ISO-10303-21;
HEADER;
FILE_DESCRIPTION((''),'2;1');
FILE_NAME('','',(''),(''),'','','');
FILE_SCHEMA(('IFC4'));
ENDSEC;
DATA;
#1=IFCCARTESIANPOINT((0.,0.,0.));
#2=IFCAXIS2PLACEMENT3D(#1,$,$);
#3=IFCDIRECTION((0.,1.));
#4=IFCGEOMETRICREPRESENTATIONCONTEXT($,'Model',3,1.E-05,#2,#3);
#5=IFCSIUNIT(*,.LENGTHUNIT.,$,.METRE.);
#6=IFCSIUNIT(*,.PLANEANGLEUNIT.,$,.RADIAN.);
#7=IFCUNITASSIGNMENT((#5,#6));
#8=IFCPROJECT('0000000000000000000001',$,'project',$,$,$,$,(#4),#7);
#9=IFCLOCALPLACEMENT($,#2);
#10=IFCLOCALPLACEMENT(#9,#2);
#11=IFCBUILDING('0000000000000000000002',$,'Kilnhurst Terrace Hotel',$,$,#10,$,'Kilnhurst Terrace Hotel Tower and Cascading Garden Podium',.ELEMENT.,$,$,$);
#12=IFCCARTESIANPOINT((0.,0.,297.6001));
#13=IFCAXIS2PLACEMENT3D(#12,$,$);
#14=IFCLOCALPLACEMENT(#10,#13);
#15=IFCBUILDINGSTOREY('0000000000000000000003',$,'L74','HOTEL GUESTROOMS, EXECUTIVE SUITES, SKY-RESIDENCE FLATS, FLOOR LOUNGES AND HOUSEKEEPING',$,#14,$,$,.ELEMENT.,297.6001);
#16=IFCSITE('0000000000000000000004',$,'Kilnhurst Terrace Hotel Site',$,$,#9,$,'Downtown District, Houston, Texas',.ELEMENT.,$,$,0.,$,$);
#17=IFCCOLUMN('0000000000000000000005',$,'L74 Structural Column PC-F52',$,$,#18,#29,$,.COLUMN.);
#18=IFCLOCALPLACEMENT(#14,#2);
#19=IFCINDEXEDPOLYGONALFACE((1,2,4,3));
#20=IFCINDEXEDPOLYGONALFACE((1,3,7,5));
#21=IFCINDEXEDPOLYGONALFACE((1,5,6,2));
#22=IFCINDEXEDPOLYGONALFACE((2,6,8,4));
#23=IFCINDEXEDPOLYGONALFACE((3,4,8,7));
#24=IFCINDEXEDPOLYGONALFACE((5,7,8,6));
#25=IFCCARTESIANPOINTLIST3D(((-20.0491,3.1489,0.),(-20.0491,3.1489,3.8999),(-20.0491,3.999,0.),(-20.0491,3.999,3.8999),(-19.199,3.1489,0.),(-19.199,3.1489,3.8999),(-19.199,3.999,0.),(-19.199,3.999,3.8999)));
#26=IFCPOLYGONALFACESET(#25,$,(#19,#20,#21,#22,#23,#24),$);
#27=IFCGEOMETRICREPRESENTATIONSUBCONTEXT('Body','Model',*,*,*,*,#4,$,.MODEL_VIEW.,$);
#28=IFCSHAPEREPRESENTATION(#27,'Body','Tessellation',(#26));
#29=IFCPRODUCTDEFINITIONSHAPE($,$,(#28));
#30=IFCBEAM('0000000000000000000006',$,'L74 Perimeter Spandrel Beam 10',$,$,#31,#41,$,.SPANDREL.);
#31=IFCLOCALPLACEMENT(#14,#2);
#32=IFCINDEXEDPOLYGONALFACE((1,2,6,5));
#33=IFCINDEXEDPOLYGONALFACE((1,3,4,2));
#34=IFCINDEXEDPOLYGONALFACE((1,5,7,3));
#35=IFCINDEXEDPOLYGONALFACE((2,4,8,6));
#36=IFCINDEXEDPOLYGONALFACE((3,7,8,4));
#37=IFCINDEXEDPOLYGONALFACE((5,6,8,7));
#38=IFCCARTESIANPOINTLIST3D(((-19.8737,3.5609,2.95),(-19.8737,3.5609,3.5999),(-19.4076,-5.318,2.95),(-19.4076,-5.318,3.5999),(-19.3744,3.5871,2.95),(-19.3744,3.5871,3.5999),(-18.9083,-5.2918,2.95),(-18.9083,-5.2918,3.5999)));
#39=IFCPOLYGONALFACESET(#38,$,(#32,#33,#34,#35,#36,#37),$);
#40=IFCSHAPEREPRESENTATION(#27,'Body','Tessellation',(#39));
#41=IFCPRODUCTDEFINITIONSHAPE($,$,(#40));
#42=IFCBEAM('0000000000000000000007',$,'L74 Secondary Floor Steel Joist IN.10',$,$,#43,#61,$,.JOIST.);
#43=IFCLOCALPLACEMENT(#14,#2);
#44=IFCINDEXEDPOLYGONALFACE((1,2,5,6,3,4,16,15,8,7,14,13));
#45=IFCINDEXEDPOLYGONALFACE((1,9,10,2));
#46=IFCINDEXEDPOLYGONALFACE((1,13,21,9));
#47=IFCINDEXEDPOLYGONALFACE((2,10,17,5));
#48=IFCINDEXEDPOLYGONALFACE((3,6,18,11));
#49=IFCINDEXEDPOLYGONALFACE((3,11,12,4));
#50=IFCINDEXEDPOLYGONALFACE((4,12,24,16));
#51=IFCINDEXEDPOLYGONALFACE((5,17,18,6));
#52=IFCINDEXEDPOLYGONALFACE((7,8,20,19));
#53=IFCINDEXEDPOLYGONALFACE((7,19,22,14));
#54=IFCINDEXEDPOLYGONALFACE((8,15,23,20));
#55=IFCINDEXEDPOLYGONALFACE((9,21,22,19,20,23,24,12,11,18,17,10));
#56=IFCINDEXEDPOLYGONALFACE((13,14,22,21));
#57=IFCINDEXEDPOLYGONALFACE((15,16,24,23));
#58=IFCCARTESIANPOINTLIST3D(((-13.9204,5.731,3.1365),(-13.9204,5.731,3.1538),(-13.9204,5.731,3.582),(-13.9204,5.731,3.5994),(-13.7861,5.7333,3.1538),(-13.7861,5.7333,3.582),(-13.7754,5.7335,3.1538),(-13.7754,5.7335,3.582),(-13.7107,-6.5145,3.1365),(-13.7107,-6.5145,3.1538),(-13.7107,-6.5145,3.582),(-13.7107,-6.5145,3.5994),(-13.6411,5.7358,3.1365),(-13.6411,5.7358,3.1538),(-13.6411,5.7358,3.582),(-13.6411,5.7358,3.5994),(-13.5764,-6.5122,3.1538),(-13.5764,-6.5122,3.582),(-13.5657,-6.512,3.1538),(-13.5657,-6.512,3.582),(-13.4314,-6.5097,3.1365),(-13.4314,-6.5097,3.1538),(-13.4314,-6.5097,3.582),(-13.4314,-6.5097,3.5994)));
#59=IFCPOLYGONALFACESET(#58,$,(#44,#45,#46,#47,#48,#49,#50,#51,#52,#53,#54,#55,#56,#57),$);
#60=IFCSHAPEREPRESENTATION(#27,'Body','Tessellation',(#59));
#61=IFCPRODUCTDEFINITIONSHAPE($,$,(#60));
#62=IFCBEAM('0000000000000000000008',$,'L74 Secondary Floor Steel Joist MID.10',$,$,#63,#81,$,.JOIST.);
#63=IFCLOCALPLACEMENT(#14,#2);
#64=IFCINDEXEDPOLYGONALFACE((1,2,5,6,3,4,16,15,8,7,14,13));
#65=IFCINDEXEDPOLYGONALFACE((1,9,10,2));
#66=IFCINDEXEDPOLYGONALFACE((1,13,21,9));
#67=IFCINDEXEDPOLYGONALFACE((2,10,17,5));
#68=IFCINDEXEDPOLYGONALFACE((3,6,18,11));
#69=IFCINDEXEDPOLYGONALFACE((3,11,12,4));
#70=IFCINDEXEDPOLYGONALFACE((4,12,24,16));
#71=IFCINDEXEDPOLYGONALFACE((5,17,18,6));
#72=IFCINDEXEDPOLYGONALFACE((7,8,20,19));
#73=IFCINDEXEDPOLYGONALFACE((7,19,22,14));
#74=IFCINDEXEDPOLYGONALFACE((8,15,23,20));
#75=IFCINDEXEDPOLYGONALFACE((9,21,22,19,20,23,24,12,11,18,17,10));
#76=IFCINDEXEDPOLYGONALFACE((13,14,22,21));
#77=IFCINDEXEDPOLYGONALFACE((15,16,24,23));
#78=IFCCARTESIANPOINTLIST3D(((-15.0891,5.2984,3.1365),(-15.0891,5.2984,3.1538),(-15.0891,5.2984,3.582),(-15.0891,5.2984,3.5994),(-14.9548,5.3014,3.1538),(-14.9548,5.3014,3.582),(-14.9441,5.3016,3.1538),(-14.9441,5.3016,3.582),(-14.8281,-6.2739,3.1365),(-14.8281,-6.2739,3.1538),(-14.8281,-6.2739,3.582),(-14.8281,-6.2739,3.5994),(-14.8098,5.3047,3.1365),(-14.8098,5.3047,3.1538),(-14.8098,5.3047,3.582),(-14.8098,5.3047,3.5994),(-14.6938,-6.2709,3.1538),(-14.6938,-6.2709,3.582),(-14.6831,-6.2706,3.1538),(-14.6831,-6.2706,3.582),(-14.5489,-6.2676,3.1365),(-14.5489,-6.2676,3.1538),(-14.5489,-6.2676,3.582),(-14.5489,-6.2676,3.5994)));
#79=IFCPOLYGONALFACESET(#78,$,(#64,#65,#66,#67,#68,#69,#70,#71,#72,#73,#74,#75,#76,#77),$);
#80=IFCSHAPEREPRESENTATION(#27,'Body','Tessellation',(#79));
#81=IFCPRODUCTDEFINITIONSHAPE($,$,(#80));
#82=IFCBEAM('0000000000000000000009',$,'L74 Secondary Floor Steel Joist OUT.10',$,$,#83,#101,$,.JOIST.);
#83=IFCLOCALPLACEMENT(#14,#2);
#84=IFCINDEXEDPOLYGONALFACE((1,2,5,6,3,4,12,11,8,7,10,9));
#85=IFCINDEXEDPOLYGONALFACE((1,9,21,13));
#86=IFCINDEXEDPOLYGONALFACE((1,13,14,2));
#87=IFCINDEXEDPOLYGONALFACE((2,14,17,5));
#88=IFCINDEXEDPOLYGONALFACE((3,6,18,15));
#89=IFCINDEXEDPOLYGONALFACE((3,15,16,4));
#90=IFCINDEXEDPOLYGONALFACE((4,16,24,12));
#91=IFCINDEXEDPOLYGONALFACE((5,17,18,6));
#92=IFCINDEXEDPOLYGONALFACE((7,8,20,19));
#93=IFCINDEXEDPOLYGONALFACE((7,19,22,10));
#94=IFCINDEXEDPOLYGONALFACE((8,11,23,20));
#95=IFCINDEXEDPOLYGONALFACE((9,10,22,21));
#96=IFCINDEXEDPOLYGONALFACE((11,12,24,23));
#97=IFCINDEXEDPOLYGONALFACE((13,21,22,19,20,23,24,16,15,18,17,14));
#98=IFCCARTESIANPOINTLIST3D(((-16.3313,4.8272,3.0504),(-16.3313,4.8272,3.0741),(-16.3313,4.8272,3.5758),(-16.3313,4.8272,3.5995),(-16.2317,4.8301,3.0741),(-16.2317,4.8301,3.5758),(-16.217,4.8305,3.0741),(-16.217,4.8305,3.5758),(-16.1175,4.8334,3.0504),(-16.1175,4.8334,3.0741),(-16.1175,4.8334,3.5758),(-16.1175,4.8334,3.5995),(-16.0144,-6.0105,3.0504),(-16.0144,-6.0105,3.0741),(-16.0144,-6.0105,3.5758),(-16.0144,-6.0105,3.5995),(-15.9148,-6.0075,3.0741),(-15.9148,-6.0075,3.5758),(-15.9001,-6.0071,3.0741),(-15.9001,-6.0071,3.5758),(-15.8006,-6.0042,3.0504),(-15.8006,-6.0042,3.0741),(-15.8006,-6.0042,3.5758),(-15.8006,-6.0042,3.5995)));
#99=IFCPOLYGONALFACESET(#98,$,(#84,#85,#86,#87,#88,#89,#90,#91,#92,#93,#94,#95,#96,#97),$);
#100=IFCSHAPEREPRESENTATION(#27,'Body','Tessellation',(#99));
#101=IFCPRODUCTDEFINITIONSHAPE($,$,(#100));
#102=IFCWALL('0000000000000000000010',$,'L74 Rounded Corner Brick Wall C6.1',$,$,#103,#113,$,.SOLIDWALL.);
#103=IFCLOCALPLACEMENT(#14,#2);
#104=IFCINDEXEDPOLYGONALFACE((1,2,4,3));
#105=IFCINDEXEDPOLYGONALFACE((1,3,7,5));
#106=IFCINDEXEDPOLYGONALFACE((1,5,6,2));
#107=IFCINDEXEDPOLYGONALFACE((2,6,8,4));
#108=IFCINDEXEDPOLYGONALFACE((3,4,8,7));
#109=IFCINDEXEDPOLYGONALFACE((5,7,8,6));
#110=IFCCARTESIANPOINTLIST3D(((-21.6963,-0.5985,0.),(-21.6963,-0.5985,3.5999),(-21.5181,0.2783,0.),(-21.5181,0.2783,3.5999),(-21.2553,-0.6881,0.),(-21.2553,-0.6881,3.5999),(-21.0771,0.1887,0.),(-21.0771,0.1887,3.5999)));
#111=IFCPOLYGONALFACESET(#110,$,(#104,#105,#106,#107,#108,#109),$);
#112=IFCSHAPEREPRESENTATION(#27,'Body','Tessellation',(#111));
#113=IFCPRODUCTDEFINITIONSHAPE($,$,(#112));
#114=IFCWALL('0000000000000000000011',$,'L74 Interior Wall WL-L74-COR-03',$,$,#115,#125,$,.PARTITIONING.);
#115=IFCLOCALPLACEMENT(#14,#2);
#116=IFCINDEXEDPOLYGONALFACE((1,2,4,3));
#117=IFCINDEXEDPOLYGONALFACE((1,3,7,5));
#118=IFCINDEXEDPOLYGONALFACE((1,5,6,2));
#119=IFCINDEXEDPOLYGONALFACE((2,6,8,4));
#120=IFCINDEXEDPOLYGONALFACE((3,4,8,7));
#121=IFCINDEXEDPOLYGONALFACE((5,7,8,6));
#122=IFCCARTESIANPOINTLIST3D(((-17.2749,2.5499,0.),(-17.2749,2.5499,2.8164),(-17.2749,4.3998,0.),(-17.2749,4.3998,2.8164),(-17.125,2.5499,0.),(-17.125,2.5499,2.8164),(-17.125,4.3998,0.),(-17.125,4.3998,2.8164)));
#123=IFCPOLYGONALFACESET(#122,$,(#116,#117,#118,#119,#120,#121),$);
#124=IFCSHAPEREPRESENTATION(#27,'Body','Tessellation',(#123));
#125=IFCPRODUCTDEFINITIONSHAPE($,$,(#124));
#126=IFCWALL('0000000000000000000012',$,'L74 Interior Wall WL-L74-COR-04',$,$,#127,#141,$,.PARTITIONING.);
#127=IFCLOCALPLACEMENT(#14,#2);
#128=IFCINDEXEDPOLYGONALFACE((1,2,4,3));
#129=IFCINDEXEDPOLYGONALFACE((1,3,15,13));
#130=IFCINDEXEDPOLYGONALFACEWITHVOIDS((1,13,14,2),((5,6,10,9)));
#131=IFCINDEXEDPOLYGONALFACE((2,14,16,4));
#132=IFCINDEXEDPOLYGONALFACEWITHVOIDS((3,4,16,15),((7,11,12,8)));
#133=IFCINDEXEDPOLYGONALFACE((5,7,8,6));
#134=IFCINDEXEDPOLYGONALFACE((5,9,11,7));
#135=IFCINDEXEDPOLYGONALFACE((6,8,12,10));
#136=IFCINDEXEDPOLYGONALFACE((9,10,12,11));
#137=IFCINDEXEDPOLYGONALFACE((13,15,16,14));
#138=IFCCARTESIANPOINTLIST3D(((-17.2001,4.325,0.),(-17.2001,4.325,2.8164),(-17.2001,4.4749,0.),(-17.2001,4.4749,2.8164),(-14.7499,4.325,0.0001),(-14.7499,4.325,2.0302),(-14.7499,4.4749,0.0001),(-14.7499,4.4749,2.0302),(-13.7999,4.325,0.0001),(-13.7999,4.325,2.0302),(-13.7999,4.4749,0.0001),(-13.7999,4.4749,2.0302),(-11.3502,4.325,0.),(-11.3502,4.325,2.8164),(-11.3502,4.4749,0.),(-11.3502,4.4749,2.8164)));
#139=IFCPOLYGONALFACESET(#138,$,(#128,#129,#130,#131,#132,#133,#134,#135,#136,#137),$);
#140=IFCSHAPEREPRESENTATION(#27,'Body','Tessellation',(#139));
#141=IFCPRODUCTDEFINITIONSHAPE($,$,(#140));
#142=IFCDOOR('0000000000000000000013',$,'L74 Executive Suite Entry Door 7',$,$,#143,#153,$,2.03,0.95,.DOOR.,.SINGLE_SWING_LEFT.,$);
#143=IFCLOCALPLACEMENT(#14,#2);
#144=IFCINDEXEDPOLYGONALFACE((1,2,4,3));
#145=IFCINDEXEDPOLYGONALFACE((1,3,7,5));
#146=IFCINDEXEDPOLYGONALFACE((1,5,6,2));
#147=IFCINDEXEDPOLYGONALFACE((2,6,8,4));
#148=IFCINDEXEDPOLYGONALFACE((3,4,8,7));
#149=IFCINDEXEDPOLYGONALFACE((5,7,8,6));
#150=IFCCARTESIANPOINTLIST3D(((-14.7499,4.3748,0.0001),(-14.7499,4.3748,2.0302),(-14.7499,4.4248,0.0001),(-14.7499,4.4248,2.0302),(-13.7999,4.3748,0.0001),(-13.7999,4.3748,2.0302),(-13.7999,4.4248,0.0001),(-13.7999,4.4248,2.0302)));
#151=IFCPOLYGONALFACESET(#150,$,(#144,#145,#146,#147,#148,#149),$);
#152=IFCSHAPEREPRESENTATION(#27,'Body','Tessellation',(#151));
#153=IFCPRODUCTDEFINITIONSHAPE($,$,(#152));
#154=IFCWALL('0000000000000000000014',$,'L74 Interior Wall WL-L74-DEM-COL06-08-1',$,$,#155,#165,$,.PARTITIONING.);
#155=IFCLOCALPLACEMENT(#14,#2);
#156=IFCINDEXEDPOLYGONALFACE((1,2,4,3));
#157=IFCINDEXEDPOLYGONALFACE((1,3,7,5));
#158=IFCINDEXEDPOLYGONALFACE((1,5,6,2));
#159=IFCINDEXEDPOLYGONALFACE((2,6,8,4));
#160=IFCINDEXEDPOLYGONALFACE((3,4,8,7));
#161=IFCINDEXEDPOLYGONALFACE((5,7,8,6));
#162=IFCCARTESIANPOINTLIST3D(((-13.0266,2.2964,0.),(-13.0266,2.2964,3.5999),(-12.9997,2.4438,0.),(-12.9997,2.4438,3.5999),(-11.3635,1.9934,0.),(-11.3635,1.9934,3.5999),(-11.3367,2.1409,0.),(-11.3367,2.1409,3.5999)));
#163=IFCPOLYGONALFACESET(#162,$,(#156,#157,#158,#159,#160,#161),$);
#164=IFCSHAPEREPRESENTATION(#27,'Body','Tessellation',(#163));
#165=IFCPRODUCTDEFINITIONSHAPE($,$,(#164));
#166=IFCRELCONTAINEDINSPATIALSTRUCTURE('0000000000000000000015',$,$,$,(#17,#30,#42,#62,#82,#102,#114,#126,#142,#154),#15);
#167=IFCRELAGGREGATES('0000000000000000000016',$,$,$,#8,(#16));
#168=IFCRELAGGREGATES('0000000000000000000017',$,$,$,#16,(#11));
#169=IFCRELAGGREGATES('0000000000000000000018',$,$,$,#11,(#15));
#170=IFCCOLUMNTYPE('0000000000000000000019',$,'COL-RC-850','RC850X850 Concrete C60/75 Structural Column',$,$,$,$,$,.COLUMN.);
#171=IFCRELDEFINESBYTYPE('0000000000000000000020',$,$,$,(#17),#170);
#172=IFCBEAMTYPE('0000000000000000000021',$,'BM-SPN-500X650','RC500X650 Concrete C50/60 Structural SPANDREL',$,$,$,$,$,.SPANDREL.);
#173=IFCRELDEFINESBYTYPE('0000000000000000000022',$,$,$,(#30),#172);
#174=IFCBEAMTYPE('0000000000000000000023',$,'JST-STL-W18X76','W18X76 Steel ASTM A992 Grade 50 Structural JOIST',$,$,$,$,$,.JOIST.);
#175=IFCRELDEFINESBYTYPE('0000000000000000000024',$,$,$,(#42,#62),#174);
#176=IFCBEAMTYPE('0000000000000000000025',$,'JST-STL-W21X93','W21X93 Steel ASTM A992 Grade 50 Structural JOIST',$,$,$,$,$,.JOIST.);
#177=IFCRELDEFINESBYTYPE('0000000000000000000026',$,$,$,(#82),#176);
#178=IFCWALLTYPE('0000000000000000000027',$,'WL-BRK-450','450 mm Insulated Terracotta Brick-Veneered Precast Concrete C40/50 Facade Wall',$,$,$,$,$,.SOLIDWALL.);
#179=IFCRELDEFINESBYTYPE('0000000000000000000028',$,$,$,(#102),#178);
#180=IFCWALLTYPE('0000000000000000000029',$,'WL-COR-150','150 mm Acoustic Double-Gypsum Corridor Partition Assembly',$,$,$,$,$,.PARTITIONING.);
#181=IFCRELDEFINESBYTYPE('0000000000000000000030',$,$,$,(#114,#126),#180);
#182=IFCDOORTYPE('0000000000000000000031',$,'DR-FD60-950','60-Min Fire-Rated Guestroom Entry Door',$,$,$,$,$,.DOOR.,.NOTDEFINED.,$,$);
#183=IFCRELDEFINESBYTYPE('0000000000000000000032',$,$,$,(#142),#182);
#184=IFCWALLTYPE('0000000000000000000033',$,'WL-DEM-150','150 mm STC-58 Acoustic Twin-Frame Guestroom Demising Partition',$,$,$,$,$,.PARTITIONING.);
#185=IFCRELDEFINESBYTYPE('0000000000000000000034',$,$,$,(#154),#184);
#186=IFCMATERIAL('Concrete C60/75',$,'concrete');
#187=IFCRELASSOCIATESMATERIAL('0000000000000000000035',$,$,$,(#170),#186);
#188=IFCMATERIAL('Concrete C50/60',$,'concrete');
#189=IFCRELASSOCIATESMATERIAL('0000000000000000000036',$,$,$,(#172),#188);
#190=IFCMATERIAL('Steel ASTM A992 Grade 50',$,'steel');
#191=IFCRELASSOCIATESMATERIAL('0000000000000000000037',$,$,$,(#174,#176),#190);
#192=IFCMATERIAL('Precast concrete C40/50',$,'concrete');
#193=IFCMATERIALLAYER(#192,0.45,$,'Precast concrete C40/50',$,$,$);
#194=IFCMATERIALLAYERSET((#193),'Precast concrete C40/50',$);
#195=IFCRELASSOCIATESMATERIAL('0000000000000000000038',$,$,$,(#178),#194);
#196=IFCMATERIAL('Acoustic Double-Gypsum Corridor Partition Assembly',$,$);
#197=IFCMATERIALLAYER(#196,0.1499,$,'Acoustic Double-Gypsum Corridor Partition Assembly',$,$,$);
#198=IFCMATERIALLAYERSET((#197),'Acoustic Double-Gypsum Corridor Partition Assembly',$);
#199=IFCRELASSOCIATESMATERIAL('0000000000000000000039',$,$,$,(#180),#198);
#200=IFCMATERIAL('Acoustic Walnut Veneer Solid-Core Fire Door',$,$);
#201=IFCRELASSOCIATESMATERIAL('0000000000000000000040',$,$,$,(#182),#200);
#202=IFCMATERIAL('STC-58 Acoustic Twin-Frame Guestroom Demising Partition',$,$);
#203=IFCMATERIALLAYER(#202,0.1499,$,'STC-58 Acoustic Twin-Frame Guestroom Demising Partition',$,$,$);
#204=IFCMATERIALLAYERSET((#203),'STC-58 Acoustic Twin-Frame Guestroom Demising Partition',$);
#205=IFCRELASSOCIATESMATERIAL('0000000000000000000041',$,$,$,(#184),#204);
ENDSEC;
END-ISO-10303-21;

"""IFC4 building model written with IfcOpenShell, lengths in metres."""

from ifc_helpers import new_model, si_unit, direction, frame, frame_2d, origin, origin_2d, place, context, subcontext, project, spatial, rectangle, i_section, extrude, material, layer, layer_set, material_profile, profile_set, type_object, element, fill, save


model = new_model("IFC4")

# Units and contexts
model_context = context("Model", 3, precision=1e-05, world=origin(), true_north=direction((0.0, 1.0)))
body_context = subcontext(model_context, "Body", "Model", "MODEL_VIEW")
ifc_project = project(units=[si_unit("LENGTHUNIT", "METRE"), si_unit("PLANEANGLEUNIT", "RADIAN")], contexts=[model_context])

# Site, building, storey
site_placement = place(None, origin())
site = spatial("IfcSite", under=ifc_project, at=site_placement, Name="Kilnhurst Terrace Hotel Site", LongName="Downtown District, Houston, Texas", CompositionType="ELEMENT", RefElevation=0.0)
building_placement = place(site_placement, origin())
building = spatial("IfcBuilding", under=site, at=building_placement, Name="Kilnhurst Terrace Hotel", LongName="Kilnhurst Terrace Hotel Tower and Cascading Garden Podium", CompositionType="ELEMENT")
storey_placement = place(building_placement, frame((0.0, 0.0, 297.6001)))
storey = spatial("IfcBuildingStorey", under=building, at=storey_placement, Name="L74", Description="HOTEL GUESTROOMS, EXECUTIVE SUITES, SKY-RESIDENCE FLATS, FLOOR LOUNGES AND HOUSEKEEPING", CompositionType="ELEMENT", Elevation=297.6001)

# Column
ifc_material_1 = material(Name="Concrete C60/75", Category="concrete")
ifc_material_profile_1 = material_profile(ifc_material_1, rectangle(XDim=0.8501, YDim=0.8501, at=origin_2d()), Name="RC850X850")
ifc_profile_set_1 = profile_set([ifc_material_profile_1], Name="Concrete C60/75")
column_type = type_object("IfcColumnType", Name="COL-RC-850", Description="RC850X850 Concrete C60/75 Structural Column", PredefinedType="COLUMN", material=ifc_profile_set_1)
column_placement = place(storey_placement, frame((-19.624, 3.574, 0.0), z_axis=(0.0, 0.0, 1.0), x_axis=(1.0, 0.0, 0.0)))
element("IfcColumn", 1, at=column_placement, inside=storey, type_object=column_type, Name="L74 Structural Column PC-F52", PredefinedType="COLUMN", context=body_context, shape_type="SweptSolid", body=[
    extrude(rectangle(XDim=0.8501, YDim=0.8501, at=origin_2d()), origin(), (0.0, 0.0, 1.0), 3.8999),
])

# Beams
ifc_material_2 = material(Name="Concrete C50/60", Category="concrete")
ifc_material_profile_2 = material_profile(ifc_material_2, rectangle(XDim=0.5, YDim=0.6499, at=origin_2d()), Name="RC500X650")
ifc_profile_set_2 = profile_set([ifc_material_profile_2], Name="Concrete C50/60")
beam_type_1 = type_object("IfcBeamType", Name="BM-SPN-500X650", Description="RC500X650 Concrete C50/60 Structural SPANDREL", PredefinedType="SPANDREL", material=ifc_profile_set_2)
beam_1_placement = place(storey_placement, frame((-19.624, 3.574, 3.2749), z_axis=(0.052419, -0.998625, 0.0), x_axis=(0.998625, 0.052419, 0.0)))
element("IfcBeam", 2, at=beam_1_placement, inside=storey, type_object=beam_type_1, Name="L74 Perimeter Spandrel Beam 10", PredefinedType="SPANDREL", context=body_context, shape_type="SweptSolid", body=[
    extrude(rectangle(XDim=0.5, YDim=0.6499, at=origin_2d()), origin(), (0.0, 0.0, 1.0), 8.8911),
])
ifc_material_3 = material(Name="Steel ASTM A992 Grade 50", Category="steel")
ifc_material_profile_3 = material_profile(ifc_material_3, i_section(OverallWidth=0.2793, OverallDepth=0.4629, WebThickness=0.0107, FlangeThickness=0.0173, at=origin_2d()), Name="W18X76")
ifc_profile_set_3 = profile_set([ifc_material_profile_3], Name="Steel ASTM A992 Grade 50")
beam_type_2 = type_object("IfcBeamType", Name="JST-STL-W18X76", Description="W18X76 Steel ASTM A992 Grade 50 Structural JOIST", PredefinedType="JOIST", material=ifc_profile_set_3)
beam_2_placement = place(storey_placement, frame((-13.7808, 5.7334, 3.3679), z_axis=(0.017123, -0.999853, 0.0), x_axis=(0.999853, 0.017123, 0.0)))
element("IfcBeam", 3, at=beam_2_placement, inside=storey, type_object=beam_type_2, Name="L74 Secondary Floor Steel Joist IN.10", PredefinedType="JOIST", context=body_context, shape_type="SweptSolid", body=[
    extrude(i_section(OverallWidth=0.2793, OverallDepth=0.4629, WebThickness=0.0107, FlangeThickness=0.0173, at=origin_2d()), origin(), (0.0, 0.0, 1.0), 12.2473),
])
beam_3_placement = place(storey_placement, frame((-14.9495, 5.3015, 3.3679), z_axis=(0.022547, -0.999746, 0.0), x_axis=(0.999746, 0.022547, 0.0)))
element("IfcBeam", 4, at=beam_3_placement, inside=storey, type_object=beam_type_2, Name="L74 Secondary Floor Steel Joist MID.10", PredefinedType="JOIST", context=body_context, shape_type="SweptSolid", body=[
    extrude(i_section(OverallWidth=0.2793, OverallDepth=0.4629, WebThickness=0.0107, FlangeThickness=0.0173, at=origin_2d()), origin(), (0.0, 0.0, 1.0), 11.5752),
])
ifc_material_profile_4 = material_profile(ifc_material_3, i_section(OverallWidth=0.2139, OverallDepth=0.5491, WebThickness=0.0146, FlangeThickness=0.0237, at=origin_2d()), Name="W21X93")
ifc_profile_set_4 = profile_set([ifc_material_profile_4], Name="Steel ASTM A992 Grade 50")
beam_type_3 = type_object("IfcBeamType", Name="JST-STL-W21X93", Description="W21X93 Steel ASTM A992 Grade 50 Structural JOIST", PredefinedType="JOIST", material=ifc_profile_set_4)
beam_4_placement = place(storey_placement, frame((-16.2244, 4.8303, 3.325), z_axis=(0.029228, -0.999573, 0.0), x_axis=(0.999573, 0.029228, 0.0)))
element("IfcBeam", 5, at=beam_4_placement, inside=storey, type_object=beam_type_3, Name="L74 Secondary Floor Steel Joist OUT.10", PredefinedType="JOIST", context=body_context, shape_type="SweptSolid", body=[
    extrude(i_section(OverallWidth=0.2139, OverallDepth=0.5491, WebThickness=0.0146, FlangeThickness=0.0237, at=origin_2d()), origin(), (0.0, 0.0, 1.0), 10.8423),
])

# Walls
ifc_material_4 = material(Name="Precast concrete C40/50", Category="concrete")
ifc_layer_1 = layer(ifc_material_4, 0.45, Name="Precast concrete C40/50")
ifc_layer_set_1 = layer_set([ifc_layer_1], Name="Precast concrete C40/50")
wall_type_1 = type_object("IfcWallType", Name="WL-BRK-450", Description="450 mm Insulated Terracotta Brick-Veneered Precast Concrete C40/50 Facade Wall", PredefinedType="SOLIDWALL", material=ifc_layer_set_1)
wall_1_placement = place(storey_placement, frame((-21.2976, 0.2334, 0.0), z_axis=(0.0, 0.0, 1.0), x_axis=(-0.199158, -0.979967, 0.0)))
element("IfcWall", 6, at=wall_1_placement, inside=storey, type_object=wall_type_1, Name="L74 Rounded Corner Brick Wall C6.1", PredefinedType="SOLIDWALL", context=body_context, shape_type="SweptSolid", body=[
    extrude(rectangle(XDim=0.8948, YDim=0.45, at=frame_2d((0.4473, 0.0))), origin(), (0.0, 0.0, 1.0), 3.5999),
])
ifc_material_5 = material(Name="Acoustic Double-Gypsum Corridor Partition Assembly")
ifc_layer_2 = layer(ifc_material_5, 0.1499, Name="Acoustic Double-Gypsum Corridor Partition Assembly")
ifc_layer_set_2 = layer_set([ifc_layer_2], Name="Acoustic Double-Gypsum Corridor Partition Assembly")
wall_type_2 = type_object("IfcWallType", Name="WL-COR-150", Description="150 mm Acoustic Double-Gypsum Corridor Partition Assembly", PredefinedType="PARTITIONING", material=ifc_layer_set_2)
wall_2_placement = place(storey_placement, frame((-17.2, 2.55, 0.0), z_axis=(0.0, 0.0, 1.0), x_axis=(0.0, 1.0, 0.0)))
element("IfcWall", 7, at=wall_2_placement, inside=storey, type_object=wall_type_2, Name="L74 Interior Wall WL-L74-COR-03", PredefinedType="PARTITIONING", context=body_context, shape_type="SweptSolid", body=[
    extrude(rectangle(XDim=1.8499, YDim=0.1499, at=frame_2d((0.9248, 0.0))), origin(), (0.0, 0.0, 1.0), 2.8164),
])

# Wall, opening, door
wall_3_placement = place(storey_placement, frame((-17.2, 4.3999, 0.0), z_axis=(0.0, 0.0, 1.0), x_axis=(1.0, 0.0, 0.0)))
wall_3 = element("IfcWall", 8, at=wall_3_placement, inside=storey, type_object=wall_type_2, Name="L74 Interior Wall WL-L74-COR-04", PredefinedType="PARTITIONING", context=body_context, shape_type="SweptSolid", body=[
    extrude(rectangle(XDim=5.8499, YDim=0.1499, at=frame_2d((2.9248, 0.0))), origin(), (0.0, 0.0, 1.0), 2.8164),
])
opening_1_placement = place(wall_3_placement, frame((2.45, 0.0, 0.0)))
opening_1 = element("IfcOpeningElement", 9, at=opening_1_placement, cuts=wall_3, PredefinedType="OPENING", context=body_context, shape_type="SweptSolid", body=[
    extrude(rectangle(XDim=0.95, YDim=2.03, at=frame_2d((0.4751, 1.0151))), frame((0.0, 0.085, 0.0), z_axis=(0.0, -1.0, 0.0), x_axis=(1.0, 0.0, 0.0)), (0.0, 0.0, 1.0), 0.1699),
])
ifc_material_6 = material(Name="Acoustic Walnut Veneer Solid-Core Fire Door")
door_type_1 = type_object("IfcDoorType", Name="DR-FD60-950", Description="60-Min Fire-Rated Guestroom Entry Door", OperationType="NOTDEFINED", PredefinedType="DOOR", material=ifc_material_6)
door_1_placement = place(opening_1_placement, origin())
door_1 = element("IfcDoor", 10, at=door_1_placement, inside=storey, type_object=door_type_1, Name="L74 Executive Suite Entry Door 7", OperationType="SINGLE_SWING_LEFT", OverallHeight=2.03, OverallWidth=0.95, PredefinedType="DOOR", context=body_context, shape_type="SweptSolid", body=[
    extrude(rectangle(XDim=0.95, YDim=2.03, at=frame_2d((0.4751, 1.0151))), frame((0.0, 0.0249, 0.0), z_axis=(0.0, -1.0, 0.0), x_axis=(1.0, 0.0, 0.0)), (0.0, 0.0, 1.0), 0.05),
])
fill(opening_1, door_1)

# Wall
ifc_material_7 = material(Name="STC-58 Acoustic Twin-Frame Guestroom Demising Partition")
ifc_layer_3 = layer(ifc_material_7, 0.1499, Name="STC-58 Acoustic Twin-Frame Guestroom Demising Partition")
ifc_layer_set_3 = layer_set([ifc_layer_3], Name="STC-58 Acoustic Twin-Frame Guestroom Demising Partition")
wall_type_3 = type_object("IfcWallType", Name="WL-DEM-150", Description="150 mm STC-58 Acoustic Twin-Frame Guestroom Demising Partition", PredefinedType="PARTITIONING", material=ifc_layer_set_3)
wall_4_placement = place(storey_placement, frame((-11.3501, 2.0671, 0.0), z_axis=(0.0, 0.0, 1.0), x_axis=(-0.983807, 0.179229, 0.0)))
element("IfcWall", 11, at=wall_4_placement, inside=storey, type_object=wall_type_3, Name="L74 Interior Wall WL-L74-DEM-COL06-08-1", PredefinedType="PARTITIONING", context=body_context, shape_type="SweptSolid", body=[
    extrude(rectangle(XDim=1.6904, YDim=0.1499, at=frame_2d((0.8452, 0.0))), origin(), (0.0, 0.0, 1.0), 3.5999),
])

save(model, "model.ifc")
